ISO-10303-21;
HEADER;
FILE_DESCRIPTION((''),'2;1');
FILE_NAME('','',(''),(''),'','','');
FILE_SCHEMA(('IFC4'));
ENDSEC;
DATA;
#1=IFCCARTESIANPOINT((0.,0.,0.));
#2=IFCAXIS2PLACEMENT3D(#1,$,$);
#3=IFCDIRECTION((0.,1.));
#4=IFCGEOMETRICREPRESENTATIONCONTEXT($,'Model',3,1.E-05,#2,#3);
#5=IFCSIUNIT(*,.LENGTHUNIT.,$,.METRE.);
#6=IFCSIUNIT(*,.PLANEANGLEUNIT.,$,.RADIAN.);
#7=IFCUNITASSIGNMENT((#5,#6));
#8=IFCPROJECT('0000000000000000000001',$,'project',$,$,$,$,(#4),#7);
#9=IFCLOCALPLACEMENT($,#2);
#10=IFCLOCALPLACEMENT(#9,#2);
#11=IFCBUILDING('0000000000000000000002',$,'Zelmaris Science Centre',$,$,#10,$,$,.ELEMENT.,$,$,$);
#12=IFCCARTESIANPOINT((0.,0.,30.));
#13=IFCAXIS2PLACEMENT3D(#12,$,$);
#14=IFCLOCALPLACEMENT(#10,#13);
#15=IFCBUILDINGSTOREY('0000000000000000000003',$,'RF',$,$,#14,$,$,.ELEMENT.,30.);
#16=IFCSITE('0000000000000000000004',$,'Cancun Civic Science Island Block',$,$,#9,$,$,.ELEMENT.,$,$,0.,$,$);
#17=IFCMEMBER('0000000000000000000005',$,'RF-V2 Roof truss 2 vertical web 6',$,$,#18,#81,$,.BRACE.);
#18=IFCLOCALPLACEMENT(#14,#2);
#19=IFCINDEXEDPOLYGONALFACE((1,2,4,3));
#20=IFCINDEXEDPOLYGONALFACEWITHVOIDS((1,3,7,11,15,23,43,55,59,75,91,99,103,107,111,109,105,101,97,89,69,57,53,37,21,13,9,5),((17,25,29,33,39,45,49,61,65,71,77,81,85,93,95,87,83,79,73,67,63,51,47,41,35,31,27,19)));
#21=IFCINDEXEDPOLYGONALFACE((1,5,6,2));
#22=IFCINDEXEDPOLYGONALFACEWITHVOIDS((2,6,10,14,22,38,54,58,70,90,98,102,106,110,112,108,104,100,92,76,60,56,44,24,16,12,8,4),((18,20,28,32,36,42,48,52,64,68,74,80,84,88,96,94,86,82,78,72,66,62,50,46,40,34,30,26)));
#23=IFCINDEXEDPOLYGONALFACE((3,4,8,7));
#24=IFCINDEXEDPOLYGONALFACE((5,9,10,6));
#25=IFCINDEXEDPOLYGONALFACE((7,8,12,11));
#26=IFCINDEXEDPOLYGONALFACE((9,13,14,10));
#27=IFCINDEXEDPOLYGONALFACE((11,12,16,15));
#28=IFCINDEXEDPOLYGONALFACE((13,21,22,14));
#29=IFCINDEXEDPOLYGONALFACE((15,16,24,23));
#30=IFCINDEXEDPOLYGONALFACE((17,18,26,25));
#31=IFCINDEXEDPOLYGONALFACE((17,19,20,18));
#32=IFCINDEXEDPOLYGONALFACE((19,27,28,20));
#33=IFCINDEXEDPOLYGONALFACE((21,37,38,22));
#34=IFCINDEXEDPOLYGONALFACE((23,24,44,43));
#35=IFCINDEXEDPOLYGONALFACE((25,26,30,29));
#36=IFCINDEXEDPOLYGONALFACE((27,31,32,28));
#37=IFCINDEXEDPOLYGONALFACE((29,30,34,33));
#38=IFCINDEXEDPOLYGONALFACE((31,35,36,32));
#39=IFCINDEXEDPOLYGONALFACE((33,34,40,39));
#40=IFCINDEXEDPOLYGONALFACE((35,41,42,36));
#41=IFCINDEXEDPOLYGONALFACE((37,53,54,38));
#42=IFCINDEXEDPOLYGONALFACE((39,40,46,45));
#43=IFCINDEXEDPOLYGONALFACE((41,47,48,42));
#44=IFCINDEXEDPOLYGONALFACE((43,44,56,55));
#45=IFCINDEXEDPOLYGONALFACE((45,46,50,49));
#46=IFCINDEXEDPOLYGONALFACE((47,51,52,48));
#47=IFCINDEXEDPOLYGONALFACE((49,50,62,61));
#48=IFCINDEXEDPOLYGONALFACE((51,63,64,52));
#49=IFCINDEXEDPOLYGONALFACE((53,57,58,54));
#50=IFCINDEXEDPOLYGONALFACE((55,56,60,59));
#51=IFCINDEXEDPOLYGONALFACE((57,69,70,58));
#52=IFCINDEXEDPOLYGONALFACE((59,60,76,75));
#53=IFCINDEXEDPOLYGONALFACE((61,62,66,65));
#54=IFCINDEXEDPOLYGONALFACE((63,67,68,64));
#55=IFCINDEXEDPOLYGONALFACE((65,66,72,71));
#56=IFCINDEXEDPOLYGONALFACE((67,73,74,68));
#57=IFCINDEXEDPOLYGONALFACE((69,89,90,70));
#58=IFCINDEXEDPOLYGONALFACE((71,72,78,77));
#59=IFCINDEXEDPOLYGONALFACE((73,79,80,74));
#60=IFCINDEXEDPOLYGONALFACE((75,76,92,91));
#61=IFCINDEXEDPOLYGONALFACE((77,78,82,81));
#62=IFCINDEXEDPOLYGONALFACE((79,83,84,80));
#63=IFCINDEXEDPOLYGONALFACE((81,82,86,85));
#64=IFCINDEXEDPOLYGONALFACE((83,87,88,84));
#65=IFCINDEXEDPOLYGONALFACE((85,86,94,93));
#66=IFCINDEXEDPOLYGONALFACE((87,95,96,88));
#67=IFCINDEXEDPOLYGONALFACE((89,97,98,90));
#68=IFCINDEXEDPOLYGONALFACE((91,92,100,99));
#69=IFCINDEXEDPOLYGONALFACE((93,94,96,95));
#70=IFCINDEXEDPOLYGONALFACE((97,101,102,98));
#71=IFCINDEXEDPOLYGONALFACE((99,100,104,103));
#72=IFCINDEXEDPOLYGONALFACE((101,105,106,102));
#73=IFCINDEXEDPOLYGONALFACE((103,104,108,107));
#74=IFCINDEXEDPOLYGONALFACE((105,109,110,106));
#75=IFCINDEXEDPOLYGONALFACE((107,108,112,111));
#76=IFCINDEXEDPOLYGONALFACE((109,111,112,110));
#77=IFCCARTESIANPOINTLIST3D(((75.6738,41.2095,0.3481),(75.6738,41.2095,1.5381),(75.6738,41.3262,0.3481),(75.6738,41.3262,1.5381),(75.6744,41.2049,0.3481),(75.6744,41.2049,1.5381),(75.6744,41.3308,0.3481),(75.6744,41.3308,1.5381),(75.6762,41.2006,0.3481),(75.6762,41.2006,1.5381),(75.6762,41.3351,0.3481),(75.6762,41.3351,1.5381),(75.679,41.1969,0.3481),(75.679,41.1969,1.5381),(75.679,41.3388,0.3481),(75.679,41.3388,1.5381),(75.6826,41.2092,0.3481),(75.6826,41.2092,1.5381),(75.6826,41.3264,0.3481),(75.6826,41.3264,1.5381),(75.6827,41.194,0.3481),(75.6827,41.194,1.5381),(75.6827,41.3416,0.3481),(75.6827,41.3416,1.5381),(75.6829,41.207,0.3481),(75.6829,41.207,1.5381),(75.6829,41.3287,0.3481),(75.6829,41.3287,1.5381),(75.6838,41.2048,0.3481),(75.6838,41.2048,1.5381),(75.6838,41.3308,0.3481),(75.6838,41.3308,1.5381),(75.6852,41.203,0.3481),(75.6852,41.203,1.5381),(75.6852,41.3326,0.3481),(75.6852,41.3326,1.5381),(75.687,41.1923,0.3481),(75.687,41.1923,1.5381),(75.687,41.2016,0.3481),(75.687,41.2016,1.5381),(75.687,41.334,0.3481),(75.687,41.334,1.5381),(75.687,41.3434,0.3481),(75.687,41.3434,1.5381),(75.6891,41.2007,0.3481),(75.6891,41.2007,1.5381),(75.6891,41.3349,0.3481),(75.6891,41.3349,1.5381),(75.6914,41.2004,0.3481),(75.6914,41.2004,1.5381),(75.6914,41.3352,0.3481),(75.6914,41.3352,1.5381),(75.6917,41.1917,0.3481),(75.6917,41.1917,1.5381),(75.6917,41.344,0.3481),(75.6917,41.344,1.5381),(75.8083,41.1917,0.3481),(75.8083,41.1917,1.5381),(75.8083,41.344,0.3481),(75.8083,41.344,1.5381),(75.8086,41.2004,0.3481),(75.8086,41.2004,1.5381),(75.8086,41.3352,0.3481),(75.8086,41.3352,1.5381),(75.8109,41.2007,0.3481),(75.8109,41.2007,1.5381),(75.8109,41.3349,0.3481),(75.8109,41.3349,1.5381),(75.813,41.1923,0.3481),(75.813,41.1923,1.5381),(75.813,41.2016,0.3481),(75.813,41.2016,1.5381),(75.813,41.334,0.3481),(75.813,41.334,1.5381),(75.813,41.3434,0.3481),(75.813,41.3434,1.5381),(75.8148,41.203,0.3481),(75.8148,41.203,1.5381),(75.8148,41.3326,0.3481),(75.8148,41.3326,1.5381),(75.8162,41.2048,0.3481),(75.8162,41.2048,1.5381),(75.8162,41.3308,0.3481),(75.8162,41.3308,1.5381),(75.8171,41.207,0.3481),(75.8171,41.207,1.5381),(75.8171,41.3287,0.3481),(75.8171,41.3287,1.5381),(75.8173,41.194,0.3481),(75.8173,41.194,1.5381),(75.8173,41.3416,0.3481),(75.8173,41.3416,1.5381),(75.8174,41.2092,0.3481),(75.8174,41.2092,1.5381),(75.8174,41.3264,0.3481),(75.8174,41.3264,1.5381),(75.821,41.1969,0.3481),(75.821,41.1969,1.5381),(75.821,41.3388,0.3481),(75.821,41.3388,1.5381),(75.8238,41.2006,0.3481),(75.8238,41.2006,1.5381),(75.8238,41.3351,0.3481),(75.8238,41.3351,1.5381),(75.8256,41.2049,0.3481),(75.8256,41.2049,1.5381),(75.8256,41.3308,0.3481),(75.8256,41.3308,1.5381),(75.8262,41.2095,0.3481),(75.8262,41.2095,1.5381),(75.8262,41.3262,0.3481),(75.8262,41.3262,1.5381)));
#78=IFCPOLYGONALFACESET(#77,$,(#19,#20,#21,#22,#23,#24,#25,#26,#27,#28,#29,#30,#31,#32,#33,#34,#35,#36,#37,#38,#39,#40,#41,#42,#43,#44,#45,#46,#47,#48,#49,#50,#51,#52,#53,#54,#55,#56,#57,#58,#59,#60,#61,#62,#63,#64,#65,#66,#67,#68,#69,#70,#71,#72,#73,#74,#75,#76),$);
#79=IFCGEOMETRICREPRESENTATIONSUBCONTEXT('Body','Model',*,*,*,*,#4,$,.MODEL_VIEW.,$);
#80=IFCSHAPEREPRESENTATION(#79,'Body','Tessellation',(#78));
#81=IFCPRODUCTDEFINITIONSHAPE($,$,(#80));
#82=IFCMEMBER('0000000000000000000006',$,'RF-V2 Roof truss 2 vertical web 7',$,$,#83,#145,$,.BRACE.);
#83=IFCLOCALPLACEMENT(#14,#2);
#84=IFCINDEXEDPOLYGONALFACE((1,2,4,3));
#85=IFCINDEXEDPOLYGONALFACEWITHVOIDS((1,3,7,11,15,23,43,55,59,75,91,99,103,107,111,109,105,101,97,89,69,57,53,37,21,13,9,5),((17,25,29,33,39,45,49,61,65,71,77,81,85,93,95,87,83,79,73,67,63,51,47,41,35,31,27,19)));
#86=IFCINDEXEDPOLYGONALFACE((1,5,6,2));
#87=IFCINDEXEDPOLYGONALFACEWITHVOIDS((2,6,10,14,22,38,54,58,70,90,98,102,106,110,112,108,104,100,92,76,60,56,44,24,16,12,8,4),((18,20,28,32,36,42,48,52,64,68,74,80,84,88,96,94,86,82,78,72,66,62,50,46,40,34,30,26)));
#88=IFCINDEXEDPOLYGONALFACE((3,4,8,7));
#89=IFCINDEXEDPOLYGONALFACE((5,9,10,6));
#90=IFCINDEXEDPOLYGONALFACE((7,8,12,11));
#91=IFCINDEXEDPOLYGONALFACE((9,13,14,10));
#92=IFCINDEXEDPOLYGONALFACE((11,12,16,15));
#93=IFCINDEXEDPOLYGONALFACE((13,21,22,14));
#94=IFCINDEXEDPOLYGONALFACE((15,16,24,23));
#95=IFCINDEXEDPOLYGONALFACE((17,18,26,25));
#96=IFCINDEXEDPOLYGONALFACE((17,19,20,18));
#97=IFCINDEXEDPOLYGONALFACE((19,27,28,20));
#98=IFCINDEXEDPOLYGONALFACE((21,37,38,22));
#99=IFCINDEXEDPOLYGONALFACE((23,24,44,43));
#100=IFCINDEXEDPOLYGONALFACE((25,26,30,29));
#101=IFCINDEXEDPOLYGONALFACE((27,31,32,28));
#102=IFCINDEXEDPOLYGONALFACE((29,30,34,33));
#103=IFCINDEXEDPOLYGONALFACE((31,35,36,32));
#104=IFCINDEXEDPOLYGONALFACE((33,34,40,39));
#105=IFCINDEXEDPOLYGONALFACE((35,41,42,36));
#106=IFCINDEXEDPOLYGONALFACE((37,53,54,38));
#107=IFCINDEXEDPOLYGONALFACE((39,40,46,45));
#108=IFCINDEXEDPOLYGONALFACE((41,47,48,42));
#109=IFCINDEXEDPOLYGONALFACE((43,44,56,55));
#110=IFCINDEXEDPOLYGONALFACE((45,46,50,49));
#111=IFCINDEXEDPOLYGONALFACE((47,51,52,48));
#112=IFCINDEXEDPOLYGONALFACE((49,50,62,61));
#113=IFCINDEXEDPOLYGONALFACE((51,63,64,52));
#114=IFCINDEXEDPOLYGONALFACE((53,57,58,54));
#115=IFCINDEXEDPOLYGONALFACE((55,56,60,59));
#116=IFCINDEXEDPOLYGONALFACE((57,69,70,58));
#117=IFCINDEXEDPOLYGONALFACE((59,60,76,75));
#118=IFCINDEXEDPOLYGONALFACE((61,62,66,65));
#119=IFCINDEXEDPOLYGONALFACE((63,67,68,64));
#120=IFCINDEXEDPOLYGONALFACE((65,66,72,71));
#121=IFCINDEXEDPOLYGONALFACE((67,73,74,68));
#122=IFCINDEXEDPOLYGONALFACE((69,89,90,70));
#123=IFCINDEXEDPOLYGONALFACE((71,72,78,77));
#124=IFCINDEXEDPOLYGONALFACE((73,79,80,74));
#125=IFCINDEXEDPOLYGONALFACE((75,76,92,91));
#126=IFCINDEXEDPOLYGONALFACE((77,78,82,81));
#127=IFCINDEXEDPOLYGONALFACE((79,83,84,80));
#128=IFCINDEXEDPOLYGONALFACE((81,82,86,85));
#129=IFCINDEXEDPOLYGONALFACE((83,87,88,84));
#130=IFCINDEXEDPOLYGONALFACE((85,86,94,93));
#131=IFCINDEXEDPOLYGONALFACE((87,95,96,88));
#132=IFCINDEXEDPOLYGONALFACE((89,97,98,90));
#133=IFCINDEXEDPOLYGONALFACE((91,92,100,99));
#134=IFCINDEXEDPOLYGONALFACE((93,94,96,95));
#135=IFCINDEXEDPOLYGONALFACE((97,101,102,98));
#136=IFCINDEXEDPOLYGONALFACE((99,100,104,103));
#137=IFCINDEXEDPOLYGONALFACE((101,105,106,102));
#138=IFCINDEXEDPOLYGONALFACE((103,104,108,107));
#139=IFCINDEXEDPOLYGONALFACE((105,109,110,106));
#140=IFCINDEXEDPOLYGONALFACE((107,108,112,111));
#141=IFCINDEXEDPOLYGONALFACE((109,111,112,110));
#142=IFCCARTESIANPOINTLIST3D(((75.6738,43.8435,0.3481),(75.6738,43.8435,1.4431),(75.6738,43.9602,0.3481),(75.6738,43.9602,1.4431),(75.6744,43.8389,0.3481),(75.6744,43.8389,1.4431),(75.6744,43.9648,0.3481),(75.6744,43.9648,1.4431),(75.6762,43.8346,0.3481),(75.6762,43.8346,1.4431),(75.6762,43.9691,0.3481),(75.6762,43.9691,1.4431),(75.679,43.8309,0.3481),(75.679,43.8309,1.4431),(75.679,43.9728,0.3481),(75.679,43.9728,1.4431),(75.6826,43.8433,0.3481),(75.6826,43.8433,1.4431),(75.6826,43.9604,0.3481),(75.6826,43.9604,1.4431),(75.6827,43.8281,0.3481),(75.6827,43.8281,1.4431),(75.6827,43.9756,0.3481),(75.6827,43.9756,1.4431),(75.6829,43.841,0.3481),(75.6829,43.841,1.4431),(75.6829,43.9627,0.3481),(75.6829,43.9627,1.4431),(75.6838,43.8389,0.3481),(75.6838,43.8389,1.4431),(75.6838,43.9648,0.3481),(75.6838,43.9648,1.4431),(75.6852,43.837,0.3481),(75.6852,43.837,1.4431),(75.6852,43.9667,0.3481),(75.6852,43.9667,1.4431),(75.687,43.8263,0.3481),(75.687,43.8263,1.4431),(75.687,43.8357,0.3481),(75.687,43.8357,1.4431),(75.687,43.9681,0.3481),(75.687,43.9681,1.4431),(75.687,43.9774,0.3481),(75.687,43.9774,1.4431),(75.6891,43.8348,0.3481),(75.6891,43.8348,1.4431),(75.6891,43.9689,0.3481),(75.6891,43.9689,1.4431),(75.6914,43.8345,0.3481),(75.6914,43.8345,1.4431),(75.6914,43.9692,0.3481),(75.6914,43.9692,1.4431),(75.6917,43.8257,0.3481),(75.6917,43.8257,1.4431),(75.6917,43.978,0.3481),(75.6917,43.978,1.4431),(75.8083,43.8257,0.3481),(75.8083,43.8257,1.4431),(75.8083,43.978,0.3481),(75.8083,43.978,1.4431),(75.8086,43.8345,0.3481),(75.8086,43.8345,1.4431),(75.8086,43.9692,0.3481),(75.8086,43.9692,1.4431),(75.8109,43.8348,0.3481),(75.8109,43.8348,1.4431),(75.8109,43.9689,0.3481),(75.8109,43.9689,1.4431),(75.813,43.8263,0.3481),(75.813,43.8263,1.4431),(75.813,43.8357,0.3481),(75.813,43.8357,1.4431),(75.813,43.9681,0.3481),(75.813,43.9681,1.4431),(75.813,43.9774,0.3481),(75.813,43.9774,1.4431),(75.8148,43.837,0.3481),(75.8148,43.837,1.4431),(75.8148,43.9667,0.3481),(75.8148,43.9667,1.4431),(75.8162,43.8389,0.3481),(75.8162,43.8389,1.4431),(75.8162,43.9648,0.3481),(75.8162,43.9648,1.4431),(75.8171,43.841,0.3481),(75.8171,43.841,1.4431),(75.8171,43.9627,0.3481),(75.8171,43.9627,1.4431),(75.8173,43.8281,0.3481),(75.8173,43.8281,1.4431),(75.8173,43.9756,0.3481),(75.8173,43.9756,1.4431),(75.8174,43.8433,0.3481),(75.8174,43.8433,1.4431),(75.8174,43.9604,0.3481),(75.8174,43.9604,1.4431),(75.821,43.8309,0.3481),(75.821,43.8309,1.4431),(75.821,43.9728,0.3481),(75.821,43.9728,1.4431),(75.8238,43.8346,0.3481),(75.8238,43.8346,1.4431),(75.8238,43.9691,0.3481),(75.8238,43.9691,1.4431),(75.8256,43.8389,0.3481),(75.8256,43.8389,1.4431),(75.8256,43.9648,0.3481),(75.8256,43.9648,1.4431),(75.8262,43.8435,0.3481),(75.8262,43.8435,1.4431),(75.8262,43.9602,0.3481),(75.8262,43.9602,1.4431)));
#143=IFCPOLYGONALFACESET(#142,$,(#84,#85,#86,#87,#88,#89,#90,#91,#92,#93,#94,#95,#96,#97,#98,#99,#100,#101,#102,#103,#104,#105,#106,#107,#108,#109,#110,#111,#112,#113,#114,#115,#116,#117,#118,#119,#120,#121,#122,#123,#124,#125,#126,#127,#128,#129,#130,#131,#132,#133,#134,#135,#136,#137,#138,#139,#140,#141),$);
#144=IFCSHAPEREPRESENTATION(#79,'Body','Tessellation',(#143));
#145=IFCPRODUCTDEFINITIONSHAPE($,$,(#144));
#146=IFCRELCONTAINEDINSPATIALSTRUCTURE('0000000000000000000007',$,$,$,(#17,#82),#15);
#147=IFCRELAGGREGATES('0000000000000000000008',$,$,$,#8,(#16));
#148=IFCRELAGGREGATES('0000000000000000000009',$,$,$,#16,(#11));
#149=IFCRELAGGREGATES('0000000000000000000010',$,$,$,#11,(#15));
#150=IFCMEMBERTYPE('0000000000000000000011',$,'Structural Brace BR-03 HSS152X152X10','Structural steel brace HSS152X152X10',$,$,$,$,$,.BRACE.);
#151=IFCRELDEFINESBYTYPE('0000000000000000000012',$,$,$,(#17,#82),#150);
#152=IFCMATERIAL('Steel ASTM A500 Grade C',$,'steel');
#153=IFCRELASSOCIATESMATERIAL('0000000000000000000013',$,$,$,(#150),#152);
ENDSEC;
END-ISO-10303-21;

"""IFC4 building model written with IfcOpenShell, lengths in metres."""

from ifc_helpers import new_model, si_unit, direction, frame, origin, origin_2d, place, context, subcontext, project, spatial, hollow_rectangle, extrude, material, material_profile, profile_set, type_object, element, save


model = new_model("IFC4")

# Units and contexts
model_context = context("Model", 3, precision=1e-05, world=origin(), true_north=direction((0.0, 1.0)))
body_context = subcontext(model_context, "Body", "Model", "MODEL_VIEW")
ifc_project = project(units=[si_unit("LENGTHUNIT", "METRE"), si_unit("PLANEANGLEUNIT", "RADIAN")], contexts=[model_context])

# Site, building, storey
site_placement = place(None, origin())
site = spatial("IfcSite", under=ifc_project, at=site_placement, Name="Cancun Civic Science Island Block", CompositionType="ELEMENT", RefElevation=0.0)
building_placement = place(site_placement, origin())
building = spatial("IfcBuilding", under=site, at=building_placement, Name="Zelmaris Science Centre", CompositionType="ELEMENT")
storey_placement = place(building_placement, frame((0.0, 0.0, 30.0)))
storey = spatial("IfcBuildingStorey", under=building, at=storey_placement, Name="RF", CompositionType="ELEMENT", Elevation=30.0)

# Shared definitions
ifc_material_1 = material(Name="Steel ASTM A500 Grade C", Category="steel")

# Members
ifc_material_profile_1 = material_profile(ifc_material_1, hollow_rectangle(XDim=0.1523, YDim=0.1523, WallThickness=0.0088, InnerFilletRadius=0.0088, OuterFilletRadius=0.0178, at=origin_2d()), Name="HSS152X152X10")
ifc_profile_set_1 = profile_set([ifc_material_profile_1], Name="Steel ASTM A500 Grade C")
member_type_1 = type_object("IfcMemberType", Name="Structural Brace BR-03 HSS152X152X10", Description="Structural steel brace HSS152X152X10", PredefinedType="BRACE", material=ifc_profile_set_1)
member_1_placement = place(storey_placement, frame((75.75, 41.2678, 0.3481), z_axis=(0.0, 0.0, 1.0), x_axis=(1.0, 0.0, 0.0)))
element("IfcMember", 1, at=member_1_placement, inside=storey, type_object=member_type_1, Name="RF-V2 Roof truss 2 vertical web 6", PredefinedType="BRACE", context=body_context, shape_type="SweptSolid", body=[
    extrude(hollow_rectangle(XDim=0.1523, YDim=0.1523, WallThickness=0.0088, InnerFilletRadius=0.0088, OuterFilletRadius=0.0178, at=origin_2d()), origin(), (0.0, 0.0, 1.0), 1.1899),
])
member_2_placement = place(storey_placement, frame((75.75, 43.9019, 0.3481), z_axis=(0.0, 0.0, 1.0), x_axis=(1.0, 0.0, 0.0)))
element("IfcMember", 2, at=member_2_placement, inside=storey, type_object=member_type_1, Name="RF-V2 Roof truss 2 vertical web 7", PredefinedType="BRACE", context=body_context, shape_type="SweptSolid", body=[
    extrude(hollow_rectangle(XDim=0.1523, YDim=0.1523, WallThickness=0.0088, InnerFilletRadius=0.0088, OuterFilletRadius=0.0178, at=origin_2d()), origin(), (0.0, 0.0, 1.0), 1.095),
])

save(model, "model.ifc")
